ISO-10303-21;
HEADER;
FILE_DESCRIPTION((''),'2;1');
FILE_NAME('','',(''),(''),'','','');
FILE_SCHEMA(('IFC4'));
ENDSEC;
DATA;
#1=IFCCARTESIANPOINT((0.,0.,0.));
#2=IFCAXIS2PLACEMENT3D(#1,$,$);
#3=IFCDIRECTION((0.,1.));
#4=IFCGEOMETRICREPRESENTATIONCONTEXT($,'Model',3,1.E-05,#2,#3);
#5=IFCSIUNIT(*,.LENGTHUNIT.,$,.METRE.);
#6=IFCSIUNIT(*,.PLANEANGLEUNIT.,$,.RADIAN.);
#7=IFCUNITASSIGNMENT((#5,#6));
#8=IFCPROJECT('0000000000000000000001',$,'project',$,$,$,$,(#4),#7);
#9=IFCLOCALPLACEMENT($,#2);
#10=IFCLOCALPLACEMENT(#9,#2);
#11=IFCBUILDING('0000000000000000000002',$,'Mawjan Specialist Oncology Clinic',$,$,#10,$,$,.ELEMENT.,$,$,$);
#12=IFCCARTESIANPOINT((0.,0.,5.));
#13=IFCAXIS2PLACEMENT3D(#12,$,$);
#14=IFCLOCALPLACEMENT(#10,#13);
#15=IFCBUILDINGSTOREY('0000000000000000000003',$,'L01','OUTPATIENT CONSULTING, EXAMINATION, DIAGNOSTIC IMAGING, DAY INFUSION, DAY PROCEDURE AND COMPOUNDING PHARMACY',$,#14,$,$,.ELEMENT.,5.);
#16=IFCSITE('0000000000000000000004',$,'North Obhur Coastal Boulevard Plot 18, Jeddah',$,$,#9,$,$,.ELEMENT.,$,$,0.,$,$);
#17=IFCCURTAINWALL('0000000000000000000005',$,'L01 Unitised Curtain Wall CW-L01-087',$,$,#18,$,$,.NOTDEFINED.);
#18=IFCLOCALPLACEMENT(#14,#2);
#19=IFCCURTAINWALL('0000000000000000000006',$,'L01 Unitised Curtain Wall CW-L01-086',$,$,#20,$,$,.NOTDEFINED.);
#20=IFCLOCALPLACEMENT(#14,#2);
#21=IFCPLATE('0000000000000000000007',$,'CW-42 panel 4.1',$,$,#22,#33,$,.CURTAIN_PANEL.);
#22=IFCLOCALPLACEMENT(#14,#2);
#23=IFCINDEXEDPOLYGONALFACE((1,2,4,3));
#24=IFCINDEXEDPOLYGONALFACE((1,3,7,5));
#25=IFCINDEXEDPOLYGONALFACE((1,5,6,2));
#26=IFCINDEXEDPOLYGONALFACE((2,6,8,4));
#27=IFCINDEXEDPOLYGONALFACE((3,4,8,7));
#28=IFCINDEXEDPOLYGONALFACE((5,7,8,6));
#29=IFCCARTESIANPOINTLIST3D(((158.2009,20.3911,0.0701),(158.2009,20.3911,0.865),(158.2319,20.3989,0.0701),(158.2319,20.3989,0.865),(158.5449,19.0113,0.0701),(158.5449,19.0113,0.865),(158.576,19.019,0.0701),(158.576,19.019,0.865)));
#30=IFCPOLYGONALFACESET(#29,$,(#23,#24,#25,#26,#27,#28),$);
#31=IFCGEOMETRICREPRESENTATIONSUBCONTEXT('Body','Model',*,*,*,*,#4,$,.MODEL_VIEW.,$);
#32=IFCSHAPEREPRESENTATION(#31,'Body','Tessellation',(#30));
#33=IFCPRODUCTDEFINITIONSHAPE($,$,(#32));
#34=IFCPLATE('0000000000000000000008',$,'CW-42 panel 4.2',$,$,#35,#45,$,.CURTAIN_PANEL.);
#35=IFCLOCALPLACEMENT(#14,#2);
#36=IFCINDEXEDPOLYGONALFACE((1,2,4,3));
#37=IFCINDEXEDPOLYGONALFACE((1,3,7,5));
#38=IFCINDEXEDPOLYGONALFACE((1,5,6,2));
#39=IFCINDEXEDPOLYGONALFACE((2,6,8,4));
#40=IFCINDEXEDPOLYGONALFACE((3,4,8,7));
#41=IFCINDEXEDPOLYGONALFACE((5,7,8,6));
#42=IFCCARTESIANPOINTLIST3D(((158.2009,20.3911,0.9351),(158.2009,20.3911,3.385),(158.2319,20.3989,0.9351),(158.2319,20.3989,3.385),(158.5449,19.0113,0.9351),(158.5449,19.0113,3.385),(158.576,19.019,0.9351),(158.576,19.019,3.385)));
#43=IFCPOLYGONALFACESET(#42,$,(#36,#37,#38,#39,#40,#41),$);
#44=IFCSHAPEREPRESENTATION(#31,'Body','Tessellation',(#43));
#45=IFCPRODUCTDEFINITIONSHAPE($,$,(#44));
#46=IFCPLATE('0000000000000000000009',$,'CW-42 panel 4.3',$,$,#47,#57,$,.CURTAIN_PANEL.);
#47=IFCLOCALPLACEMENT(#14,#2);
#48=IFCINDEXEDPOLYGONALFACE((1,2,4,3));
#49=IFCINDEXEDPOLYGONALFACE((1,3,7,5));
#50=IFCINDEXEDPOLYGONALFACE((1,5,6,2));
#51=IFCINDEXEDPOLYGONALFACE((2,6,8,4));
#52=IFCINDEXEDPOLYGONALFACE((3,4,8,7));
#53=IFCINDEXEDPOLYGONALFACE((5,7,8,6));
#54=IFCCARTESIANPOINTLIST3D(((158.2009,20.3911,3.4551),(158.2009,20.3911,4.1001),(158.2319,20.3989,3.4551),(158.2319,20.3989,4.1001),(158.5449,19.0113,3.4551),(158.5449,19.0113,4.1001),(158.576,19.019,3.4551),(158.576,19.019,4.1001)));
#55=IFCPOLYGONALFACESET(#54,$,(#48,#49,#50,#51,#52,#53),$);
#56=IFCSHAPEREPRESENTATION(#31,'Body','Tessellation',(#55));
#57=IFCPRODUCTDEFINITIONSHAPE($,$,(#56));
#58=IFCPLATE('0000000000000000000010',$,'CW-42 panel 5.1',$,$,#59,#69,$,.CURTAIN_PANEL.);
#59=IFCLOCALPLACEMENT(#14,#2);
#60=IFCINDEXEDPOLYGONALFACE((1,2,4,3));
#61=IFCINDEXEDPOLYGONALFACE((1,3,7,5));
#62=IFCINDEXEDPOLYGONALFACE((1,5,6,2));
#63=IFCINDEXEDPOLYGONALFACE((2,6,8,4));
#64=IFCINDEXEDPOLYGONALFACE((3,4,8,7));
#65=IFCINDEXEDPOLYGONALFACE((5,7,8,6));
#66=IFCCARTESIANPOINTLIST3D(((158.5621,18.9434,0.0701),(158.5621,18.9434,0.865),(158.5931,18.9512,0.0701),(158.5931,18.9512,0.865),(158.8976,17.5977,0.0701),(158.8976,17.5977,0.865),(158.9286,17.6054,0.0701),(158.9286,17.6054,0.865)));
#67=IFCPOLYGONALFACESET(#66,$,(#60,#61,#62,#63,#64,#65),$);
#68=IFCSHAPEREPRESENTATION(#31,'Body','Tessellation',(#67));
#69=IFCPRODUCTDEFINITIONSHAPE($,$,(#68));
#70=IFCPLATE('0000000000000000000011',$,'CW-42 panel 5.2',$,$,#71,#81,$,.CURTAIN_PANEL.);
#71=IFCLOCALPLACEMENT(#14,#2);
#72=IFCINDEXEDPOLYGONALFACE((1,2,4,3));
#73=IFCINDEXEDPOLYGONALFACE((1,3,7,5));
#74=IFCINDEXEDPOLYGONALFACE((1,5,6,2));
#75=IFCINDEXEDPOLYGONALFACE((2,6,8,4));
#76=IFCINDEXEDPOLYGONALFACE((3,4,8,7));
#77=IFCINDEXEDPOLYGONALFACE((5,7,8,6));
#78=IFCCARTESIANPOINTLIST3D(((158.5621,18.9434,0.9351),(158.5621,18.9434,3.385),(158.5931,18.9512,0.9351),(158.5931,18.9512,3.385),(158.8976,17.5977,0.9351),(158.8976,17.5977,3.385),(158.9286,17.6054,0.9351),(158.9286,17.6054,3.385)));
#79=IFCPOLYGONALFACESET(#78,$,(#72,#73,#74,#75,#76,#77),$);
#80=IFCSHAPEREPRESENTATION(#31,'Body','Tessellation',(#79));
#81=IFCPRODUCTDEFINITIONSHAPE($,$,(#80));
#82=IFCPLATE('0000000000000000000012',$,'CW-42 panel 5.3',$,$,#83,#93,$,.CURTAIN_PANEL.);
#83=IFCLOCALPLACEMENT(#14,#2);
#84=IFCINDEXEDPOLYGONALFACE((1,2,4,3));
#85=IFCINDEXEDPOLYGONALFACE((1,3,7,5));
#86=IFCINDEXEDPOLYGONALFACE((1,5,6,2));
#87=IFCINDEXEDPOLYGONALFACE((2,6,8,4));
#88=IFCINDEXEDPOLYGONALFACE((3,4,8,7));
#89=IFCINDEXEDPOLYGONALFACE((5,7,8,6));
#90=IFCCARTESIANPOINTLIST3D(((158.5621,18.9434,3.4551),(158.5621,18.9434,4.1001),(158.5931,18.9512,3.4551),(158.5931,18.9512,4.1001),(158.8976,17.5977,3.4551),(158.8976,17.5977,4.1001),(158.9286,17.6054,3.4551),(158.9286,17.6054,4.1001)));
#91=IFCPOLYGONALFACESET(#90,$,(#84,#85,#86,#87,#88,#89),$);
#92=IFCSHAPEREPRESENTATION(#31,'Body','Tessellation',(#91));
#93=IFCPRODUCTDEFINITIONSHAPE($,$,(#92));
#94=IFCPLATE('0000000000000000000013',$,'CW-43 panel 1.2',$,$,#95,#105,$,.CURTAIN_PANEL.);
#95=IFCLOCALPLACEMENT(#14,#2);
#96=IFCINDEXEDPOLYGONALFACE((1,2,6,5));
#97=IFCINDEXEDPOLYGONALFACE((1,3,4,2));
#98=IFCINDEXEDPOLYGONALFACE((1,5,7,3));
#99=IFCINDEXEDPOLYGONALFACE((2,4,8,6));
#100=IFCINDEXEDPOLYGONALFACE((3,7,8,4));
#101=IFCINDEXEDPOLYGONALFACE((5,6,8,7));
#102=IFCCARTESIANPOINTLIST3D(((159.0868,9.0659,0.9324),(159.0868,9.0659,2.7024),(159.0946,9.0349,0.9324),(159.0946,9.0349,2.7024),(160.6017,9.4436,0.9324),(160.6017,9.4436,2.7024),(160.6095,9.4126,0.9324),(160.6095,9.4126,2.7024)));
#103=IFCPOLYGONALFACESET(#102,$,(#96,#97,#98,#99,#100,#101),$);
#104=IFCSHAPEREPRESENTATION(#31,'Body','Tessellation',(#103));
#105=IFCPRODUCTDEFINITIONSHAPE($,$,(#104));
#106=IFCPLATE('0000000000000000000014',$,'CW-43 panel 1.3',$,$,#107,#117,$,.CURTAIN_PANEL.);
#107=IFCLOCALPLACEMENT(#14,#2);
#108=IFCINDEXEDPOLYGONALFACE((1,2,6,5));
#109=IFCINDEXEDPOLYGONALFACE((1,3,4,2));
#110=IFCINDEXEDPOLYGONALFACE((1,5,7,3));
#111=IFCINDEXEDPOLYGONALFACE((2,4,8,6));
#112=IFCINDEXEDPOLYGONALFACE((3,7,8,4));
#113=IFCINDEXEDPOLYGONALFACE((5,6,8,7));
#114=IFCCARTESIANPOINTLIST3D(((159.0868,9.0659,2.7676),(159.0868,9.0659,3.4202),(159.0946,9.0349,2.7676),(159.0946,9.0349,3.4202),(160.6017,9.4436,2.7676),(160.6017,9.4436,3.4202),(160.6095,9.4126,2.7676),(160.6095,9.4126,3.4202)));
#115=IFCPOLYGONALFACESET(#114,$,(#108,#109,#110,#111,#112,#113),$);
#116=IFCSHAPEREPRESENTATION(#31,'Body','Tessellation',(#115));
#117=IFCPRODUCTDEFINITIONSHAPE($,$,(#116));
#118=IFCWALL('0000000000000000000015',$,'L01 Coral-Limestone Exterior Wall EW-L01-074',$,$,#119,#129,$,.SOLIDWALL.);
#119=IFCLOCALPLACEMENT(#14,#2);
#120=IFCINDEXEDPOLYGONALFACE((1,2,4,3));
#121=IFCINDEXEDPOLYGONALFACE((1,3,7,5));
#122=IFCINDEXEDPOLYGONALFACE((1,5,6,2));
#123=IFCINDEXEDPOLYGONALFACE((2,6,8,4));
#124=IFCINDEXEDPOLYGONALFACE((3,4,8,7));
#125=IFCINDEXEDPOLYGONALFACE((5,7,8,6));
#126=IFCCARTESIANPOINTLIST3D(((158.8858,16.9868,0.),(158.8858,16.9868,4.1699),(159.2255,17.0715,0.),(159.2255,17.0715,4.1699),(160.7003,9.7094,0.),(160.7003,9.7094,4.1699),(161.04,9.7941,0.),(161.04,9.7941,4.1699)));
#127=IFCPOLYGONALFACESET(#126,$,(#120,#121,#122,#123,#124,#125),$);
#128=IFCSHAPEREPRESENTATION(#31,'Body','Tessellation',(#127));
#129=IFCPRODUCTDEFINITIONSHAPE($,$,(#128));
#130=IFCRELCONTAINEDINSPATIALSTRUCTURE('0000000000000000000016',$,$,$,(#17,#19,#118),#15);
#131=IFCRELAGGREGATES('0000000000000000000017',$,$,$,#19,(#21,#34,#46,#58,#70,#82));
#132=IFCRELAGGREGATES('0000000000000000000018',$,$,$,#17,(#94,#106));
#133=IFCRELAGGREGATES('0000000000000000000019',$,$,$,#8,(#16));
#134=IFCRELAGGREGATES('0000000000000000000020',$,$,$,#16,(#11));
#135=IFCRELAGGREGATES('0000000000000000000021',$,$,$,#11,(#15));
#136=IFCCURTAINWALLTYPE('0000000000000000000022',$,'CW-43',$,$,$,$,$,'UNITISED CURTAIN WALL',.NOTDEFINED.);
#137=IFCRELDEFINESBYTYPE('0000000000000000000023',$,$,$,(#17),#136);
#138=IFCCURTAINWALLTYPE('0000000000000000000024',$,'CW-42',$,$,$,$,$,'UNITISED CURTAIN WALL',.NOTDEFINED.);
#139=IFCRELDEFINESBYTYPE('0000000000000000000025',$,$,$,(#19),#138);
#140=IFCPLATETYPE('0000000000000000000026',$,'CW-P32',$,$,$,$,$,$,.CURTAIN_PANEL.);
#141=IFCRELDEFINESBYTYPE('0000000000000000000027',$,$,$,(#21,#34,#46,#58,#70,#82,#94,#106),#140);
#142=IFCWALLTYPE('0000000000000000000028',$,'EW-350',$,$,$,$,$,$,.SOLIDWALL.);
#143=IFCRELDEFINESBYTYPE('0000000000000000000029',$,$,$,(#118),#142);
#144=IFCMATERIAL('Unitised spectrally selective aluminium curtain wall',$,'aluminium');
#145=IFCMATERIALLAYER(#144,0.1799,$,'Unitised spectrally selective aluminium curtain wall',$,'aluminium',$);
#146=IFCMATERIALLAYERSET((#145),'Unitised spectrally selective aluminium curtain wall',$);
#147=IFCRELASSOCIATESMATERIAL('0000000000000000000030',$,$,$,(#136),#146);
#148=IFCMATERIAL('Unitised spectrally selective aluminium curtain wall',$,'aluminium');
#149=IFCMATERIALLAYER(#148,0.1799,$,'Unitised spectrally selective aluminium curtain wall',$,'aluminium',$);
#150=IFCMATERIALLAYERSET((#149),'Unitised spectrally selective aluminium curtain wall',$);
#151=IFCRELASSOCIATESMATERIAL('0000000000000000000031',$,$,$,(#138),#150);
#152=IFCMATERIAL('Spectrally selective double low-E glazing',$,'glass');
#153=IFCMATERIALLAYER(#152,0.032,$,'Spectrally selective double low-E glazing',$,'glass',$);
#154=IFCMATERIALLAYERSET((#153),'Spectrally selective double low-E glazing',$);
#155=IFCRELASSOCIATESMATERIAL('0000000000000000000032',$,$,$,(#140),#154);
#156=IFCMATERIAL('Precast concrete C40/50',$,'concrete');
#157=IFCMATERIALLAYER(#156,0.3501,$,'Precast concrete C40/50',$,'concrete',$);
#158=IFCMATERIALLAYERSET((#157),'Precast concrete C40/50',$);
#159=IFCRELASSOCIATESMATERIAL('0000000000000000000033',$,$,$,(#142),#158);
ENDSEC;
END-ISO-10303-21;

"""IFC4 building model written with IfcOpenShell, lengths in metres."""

from ifc_helpers import new_model, si_unit, direction, frame, frame_2d, origin, origin_2d, place, context, subcontext, project, spatial, rectangle, extrude, material, layer, layer_set, type_object, element, aggregate, save


model = new_model("IFC4")

# Units and contexts
model_context = context("Model", 3, precision=1e-05, world=origin(), true_north=direction((0.0, 1.0)))
body_context = subcontext(model_context, "Body", "Model", "MODEL_VIEW")
ifc_project = project(units=[si_unit("LENGTHUNIT", "METRE"), si_unit("PLANEANGLEUNIT", "RADIAN")], contexts=[model_context])

# Site, building, storey
site_placement = place(None, origin())
site = spatial("IfcSite", under=ifc_project, at=site_placement, Name="North Obhur Coastal Boulevard Plot 18, Jeddah", CompositionType="ELEMENT", RefElevation=0.0)
building_placement = place(site_placement, origin())
building = spatial("IfcBuilding", under=site, at=building_placement, Name="Mawjan Specialist Oncology Clinic", CompositionType="ELEMENT")
storey_placement = place(building_placement, frame((0.0, 0.0, 5.0)))
storey = spatial("IfcBuildingStorey", under=building, at=storey_placement, Name="L01", Description="OUTPATIENT CONSULTING, EXAMINATION, DIAGNOSTIC IMAGING, DAY INFUSION, DAY PROCEDURE AND COMPOUNDING PHARMACY", CompositionType="ELEMENT", Elevation=5.0)

# Curtain wall
ifc_material_1 = material(Name="Unitised spectrally selective aluminium curtain wall", Category="aluminium")
ifc_layer_1 = layer(ifc_material_1, 0.1799, Name="Unitised spectrally selective aluminium curtain wall", Category="aluminium")
ifc_layer_set_1 = layer_set([ifc_layer_1], Name="Unitised spectrally selective aluminium curtain wall")
curtain_wall_type_1 = type_object("IfcCurtainWallType", Name="CW-43", ElementType="UNITISED CURTAIN WALL", PredefinedType="NOTDEFINED", material=ifc_layer_set_1)
curtain_wall_1_placement = place(storey_placement, origin())
curtain_wall_1 = element("IfcCurtainWall", 1, at=curtain_wall_1_placement, inside=storey, type_object=curtain_wall_type_1, Name="L01 Unitised Curtain Wall CW-L01-087", PredefinedType="NOTDEFINED")

# Curtain wall
ifc_material_2 = material(Name="Unitised spectrally selective aluminium curtain wall", Category="aluminium")
ifc_layer_2 = layer(ifc_material_2, 0.1799, Name="Unitised spectrally selective aluminium curtain wall", Category="aluminium")
ifc_layer_set_2 = layer_set([ifc_layer_2], Name="Unitised spectrally selective aluminium curtain wall")
curtain_wall_type_2 = type_object("IfcCurtainWallType", Name="CW-42", ElementType="UNITISED CURTAIN WALL", PredefinedType="NOTDEFINED", material=ifc_layer_set_2)
curtain_wall_2_placement = place(storey_placement, origin())
curtain_wall_2 = element("IfcCurtainWall", 2, at=curtain_wall_2_placement, inside=storey, type_object=curtain_wall_type_2, Name="L01 Unitised Curtain Wall CW-L01-086", PredefinedType="NOTDEFINED")

# Plates
ifc_material_3 = material(Name="Spectrally selective double low-E glazing", Category="glass")
ifc_layer_3 = layer(ifc_material_3, 0.032, Name="Spectrally selective double low-E glazing", Category="glass")
ifc_layer_set_3 = layer_set([ifc_layer_3], Name="Spectrally selective double low-E glazing")
plate_type = type_object("IfcPlateType", Name="CW-P32", PredefinedType="CURTAIN_PANEL", material=ifc_layer_set_3)
plate_1_placement = place(storey_placement, frame((158.3884, 19.7051, 0.0701), z_axis=(0.0, 0.0, 1.0), x_axis=(0.241922, -0.970296, 0.0)))
plate_1 = element("IfcPlate", 3, at=plate_1_placement, type_object=plate_type, Name="CW-42 panel 4.1", PredefinedType="CURTAIN_PANEL", context=body_context, shape_type="SweptSolid", body=[
    extrude(rectangle(XDim=1.4221, YDim=0.032, at=origin_2d()), origin(), (0.0, 0.0, 1.0), 0.7949),
])
plate_2_placement = place(storey_placement, frame((158.3884, 19.7051, 0.9351), z_axis=(0.0, 0.0, 1.0), x_axis=(0.241922, -0.970296, 0.0)))
plate_2 = element("IfcPlate", 4, at=plate_2_placement, type_object=plate_type, Name="CW-42 panel 4.2", PredefinedType="CURTAIN_PANEL", context=body_context, shape_type="SweptSolid", body=[
    extrude(rectangle(XDim=1.4221, YDim=0.032, at=origin_2d()), origin(), (0.0, 0.0, 1.0), 2.45),
])
plate_3_placement = place(storey_placement, frame((158.3884, 19.7051, 3.4551), z_axis=(0.0, 0.0, 1.0), x_axis=(0.241922, -0.970296, 0.0)))
plate_3 = element("IfcPlate", 5, at=plate_3_placement, type_object=plate_type, Name="CW-42 panel 4.3", PredefinedType="CURTAIN_PANEL", context=body_context, shape_type="SweptSolid", body=[
    extrude(rectangle(XDim=1.4221, YDim=0.032, at=origin_2d()), origin(), (0.0, 0.0, 1.0), 0.645),
])
plate_4_placement = place(storey_placement, frame((158.7454, 18.2744, 0.0701), z_axis=(0.0, 0.0, 1.0), x_axis=(0.241922, -0.970296, 0.0)))
plate_4 = element("IfcPlate", 6, at=plate_4_placement, type_object=plate_type, Name="CW-42 panel 5.1", PredefinedType="CURTAIN_PANEL", context=body_context, shape_type="SweptSolid", body=[
    extrude(rectangle(XDim=1.387, YDim=0.032, at=origin_2d()), origin(), (0.0, 0.0, 1.0), 0.7949),
])
plate_5_placement = place(storey_placement, frame((158.7454, 18.2744, 0.9351), z_axis=(0.0, 0.0, 1.0), x_axis=(0.241922, -0.970296, 0.0)))
plate_5 = element("IfcPlate", 7, at=plate_5_placement, type_object=plate_type, Name="CW-42 panel 5.2", PredefinedType="CURTAIN_PANEL", context=body_context, shape_type="SweptSolid", body=[
    extrude(rectangle(XDim=1.387, YDim=0.032, at=origin_2d()), origin(), (0.0, 0.0, 1.0), 2.45),
])
plate_6_placement = place(storey_placement, frame((158.7454, 18.2744, 3.4551), z_axis=(0.0, 0.0, 1.0), x_axis=(0.241922, -0.970296, 0.0)))
plate_6 = element("IfcPlate", 8, at=plate_6_placement, type_object=plate_type, Name="CW-42 panel 5.3", PredefinedType="CURTAIN_PANEL", context=body_context, shape_type="SweptSolid", body=[
    extrude(rectangle(XDim=1.387, YDim=0.032, at=origin_2d()), origin(), (0.0, 0.0, 1.0), 0.645),
])
aggregate(curtain_wall_2, [plate_1, plate_2, plate_3, plate_4, plate_5, plate_6])
plate_7_placement = place(storey_placement, frame((159.8481, 9.2393, 0.9324), z_axis=(0.0, 0.0, 1.0), x_axis=(-0.970296, -0.241922, 0.0)))
plate_7 = element("IfcPlate", 9, at=plate_7_placement, type_object=plate_type, Name="CW-43 panel 1.2", PredefinedType="CURTAIN_PANEL", context=body_context, shape_type="SweptSolid", body=[
    extrude(rectangle(XDim=1.5613, YDim=0.032, at=origin_2d()), origin(), (0.0, 0.0, 1.0), 1.77),
])
plate_8_placement = place(storey_placement, frame((159.8481, 9.2393, 2.7676), z_axis=(0.0, 0.0, 1.0), x_axis=(-0.970296, -0.241922, 0.0)))
plate_8 = element("IfcPlate", 10, at=plate_8_placement, type_object=plate_type, Name="CW-43 panel 1.3", PredefinedType="CURTAIN_PANEL", context=body_context, shape_type="SweptSolid", body=[
    extrude(rectangle(XDim=1.5613, YDim=0.032, at=origin_2d()), origin(), (0.0, 0.0, 1.0), 0.6526),
])
aggregate(curtain_wall_1, [plate_7, plate_8])

# Wall
ifc_material_4 = material(Name="Precast concrete C40/50", Category="concrete")
ifc_layer_4 = layer(ifc_material_4, 0.3501, Name="Precast concrete C40/50", Category="concrete")
ifc_layer_set_4 = layer_set([ifc_layer_4], Name="Precast concrete C40/50")
wall_type = type_object("IfcWallType", Name="EW-350", PredefinedType="SOLIDWALL", material=ifc_layer_set_4)
wall_placement = place(storey_placement, frame((159.0557, 17.0291, 0.0), z_axis=(0.0, 0.0, 1.0), x_axis=(0.241923, -0.970295, 0.0)))
element("IfcWall", 11, at=wall_placement, inside=storey, type_object=wall_type, Name="L01 Coral-Limestone Exterior Wall EW-L01-074", PredefinedType="SOLIDWALL", context=body_context, shape_type="SweptSolid", body=[
    extrude(rectangle(XDim=7.5002, YDim=0.3501, at=frame_2d((3.75, 0.0))), origin(), (0.0, 0.0, 1.0), 4.1699),
])

save(model, "model.ifc")
